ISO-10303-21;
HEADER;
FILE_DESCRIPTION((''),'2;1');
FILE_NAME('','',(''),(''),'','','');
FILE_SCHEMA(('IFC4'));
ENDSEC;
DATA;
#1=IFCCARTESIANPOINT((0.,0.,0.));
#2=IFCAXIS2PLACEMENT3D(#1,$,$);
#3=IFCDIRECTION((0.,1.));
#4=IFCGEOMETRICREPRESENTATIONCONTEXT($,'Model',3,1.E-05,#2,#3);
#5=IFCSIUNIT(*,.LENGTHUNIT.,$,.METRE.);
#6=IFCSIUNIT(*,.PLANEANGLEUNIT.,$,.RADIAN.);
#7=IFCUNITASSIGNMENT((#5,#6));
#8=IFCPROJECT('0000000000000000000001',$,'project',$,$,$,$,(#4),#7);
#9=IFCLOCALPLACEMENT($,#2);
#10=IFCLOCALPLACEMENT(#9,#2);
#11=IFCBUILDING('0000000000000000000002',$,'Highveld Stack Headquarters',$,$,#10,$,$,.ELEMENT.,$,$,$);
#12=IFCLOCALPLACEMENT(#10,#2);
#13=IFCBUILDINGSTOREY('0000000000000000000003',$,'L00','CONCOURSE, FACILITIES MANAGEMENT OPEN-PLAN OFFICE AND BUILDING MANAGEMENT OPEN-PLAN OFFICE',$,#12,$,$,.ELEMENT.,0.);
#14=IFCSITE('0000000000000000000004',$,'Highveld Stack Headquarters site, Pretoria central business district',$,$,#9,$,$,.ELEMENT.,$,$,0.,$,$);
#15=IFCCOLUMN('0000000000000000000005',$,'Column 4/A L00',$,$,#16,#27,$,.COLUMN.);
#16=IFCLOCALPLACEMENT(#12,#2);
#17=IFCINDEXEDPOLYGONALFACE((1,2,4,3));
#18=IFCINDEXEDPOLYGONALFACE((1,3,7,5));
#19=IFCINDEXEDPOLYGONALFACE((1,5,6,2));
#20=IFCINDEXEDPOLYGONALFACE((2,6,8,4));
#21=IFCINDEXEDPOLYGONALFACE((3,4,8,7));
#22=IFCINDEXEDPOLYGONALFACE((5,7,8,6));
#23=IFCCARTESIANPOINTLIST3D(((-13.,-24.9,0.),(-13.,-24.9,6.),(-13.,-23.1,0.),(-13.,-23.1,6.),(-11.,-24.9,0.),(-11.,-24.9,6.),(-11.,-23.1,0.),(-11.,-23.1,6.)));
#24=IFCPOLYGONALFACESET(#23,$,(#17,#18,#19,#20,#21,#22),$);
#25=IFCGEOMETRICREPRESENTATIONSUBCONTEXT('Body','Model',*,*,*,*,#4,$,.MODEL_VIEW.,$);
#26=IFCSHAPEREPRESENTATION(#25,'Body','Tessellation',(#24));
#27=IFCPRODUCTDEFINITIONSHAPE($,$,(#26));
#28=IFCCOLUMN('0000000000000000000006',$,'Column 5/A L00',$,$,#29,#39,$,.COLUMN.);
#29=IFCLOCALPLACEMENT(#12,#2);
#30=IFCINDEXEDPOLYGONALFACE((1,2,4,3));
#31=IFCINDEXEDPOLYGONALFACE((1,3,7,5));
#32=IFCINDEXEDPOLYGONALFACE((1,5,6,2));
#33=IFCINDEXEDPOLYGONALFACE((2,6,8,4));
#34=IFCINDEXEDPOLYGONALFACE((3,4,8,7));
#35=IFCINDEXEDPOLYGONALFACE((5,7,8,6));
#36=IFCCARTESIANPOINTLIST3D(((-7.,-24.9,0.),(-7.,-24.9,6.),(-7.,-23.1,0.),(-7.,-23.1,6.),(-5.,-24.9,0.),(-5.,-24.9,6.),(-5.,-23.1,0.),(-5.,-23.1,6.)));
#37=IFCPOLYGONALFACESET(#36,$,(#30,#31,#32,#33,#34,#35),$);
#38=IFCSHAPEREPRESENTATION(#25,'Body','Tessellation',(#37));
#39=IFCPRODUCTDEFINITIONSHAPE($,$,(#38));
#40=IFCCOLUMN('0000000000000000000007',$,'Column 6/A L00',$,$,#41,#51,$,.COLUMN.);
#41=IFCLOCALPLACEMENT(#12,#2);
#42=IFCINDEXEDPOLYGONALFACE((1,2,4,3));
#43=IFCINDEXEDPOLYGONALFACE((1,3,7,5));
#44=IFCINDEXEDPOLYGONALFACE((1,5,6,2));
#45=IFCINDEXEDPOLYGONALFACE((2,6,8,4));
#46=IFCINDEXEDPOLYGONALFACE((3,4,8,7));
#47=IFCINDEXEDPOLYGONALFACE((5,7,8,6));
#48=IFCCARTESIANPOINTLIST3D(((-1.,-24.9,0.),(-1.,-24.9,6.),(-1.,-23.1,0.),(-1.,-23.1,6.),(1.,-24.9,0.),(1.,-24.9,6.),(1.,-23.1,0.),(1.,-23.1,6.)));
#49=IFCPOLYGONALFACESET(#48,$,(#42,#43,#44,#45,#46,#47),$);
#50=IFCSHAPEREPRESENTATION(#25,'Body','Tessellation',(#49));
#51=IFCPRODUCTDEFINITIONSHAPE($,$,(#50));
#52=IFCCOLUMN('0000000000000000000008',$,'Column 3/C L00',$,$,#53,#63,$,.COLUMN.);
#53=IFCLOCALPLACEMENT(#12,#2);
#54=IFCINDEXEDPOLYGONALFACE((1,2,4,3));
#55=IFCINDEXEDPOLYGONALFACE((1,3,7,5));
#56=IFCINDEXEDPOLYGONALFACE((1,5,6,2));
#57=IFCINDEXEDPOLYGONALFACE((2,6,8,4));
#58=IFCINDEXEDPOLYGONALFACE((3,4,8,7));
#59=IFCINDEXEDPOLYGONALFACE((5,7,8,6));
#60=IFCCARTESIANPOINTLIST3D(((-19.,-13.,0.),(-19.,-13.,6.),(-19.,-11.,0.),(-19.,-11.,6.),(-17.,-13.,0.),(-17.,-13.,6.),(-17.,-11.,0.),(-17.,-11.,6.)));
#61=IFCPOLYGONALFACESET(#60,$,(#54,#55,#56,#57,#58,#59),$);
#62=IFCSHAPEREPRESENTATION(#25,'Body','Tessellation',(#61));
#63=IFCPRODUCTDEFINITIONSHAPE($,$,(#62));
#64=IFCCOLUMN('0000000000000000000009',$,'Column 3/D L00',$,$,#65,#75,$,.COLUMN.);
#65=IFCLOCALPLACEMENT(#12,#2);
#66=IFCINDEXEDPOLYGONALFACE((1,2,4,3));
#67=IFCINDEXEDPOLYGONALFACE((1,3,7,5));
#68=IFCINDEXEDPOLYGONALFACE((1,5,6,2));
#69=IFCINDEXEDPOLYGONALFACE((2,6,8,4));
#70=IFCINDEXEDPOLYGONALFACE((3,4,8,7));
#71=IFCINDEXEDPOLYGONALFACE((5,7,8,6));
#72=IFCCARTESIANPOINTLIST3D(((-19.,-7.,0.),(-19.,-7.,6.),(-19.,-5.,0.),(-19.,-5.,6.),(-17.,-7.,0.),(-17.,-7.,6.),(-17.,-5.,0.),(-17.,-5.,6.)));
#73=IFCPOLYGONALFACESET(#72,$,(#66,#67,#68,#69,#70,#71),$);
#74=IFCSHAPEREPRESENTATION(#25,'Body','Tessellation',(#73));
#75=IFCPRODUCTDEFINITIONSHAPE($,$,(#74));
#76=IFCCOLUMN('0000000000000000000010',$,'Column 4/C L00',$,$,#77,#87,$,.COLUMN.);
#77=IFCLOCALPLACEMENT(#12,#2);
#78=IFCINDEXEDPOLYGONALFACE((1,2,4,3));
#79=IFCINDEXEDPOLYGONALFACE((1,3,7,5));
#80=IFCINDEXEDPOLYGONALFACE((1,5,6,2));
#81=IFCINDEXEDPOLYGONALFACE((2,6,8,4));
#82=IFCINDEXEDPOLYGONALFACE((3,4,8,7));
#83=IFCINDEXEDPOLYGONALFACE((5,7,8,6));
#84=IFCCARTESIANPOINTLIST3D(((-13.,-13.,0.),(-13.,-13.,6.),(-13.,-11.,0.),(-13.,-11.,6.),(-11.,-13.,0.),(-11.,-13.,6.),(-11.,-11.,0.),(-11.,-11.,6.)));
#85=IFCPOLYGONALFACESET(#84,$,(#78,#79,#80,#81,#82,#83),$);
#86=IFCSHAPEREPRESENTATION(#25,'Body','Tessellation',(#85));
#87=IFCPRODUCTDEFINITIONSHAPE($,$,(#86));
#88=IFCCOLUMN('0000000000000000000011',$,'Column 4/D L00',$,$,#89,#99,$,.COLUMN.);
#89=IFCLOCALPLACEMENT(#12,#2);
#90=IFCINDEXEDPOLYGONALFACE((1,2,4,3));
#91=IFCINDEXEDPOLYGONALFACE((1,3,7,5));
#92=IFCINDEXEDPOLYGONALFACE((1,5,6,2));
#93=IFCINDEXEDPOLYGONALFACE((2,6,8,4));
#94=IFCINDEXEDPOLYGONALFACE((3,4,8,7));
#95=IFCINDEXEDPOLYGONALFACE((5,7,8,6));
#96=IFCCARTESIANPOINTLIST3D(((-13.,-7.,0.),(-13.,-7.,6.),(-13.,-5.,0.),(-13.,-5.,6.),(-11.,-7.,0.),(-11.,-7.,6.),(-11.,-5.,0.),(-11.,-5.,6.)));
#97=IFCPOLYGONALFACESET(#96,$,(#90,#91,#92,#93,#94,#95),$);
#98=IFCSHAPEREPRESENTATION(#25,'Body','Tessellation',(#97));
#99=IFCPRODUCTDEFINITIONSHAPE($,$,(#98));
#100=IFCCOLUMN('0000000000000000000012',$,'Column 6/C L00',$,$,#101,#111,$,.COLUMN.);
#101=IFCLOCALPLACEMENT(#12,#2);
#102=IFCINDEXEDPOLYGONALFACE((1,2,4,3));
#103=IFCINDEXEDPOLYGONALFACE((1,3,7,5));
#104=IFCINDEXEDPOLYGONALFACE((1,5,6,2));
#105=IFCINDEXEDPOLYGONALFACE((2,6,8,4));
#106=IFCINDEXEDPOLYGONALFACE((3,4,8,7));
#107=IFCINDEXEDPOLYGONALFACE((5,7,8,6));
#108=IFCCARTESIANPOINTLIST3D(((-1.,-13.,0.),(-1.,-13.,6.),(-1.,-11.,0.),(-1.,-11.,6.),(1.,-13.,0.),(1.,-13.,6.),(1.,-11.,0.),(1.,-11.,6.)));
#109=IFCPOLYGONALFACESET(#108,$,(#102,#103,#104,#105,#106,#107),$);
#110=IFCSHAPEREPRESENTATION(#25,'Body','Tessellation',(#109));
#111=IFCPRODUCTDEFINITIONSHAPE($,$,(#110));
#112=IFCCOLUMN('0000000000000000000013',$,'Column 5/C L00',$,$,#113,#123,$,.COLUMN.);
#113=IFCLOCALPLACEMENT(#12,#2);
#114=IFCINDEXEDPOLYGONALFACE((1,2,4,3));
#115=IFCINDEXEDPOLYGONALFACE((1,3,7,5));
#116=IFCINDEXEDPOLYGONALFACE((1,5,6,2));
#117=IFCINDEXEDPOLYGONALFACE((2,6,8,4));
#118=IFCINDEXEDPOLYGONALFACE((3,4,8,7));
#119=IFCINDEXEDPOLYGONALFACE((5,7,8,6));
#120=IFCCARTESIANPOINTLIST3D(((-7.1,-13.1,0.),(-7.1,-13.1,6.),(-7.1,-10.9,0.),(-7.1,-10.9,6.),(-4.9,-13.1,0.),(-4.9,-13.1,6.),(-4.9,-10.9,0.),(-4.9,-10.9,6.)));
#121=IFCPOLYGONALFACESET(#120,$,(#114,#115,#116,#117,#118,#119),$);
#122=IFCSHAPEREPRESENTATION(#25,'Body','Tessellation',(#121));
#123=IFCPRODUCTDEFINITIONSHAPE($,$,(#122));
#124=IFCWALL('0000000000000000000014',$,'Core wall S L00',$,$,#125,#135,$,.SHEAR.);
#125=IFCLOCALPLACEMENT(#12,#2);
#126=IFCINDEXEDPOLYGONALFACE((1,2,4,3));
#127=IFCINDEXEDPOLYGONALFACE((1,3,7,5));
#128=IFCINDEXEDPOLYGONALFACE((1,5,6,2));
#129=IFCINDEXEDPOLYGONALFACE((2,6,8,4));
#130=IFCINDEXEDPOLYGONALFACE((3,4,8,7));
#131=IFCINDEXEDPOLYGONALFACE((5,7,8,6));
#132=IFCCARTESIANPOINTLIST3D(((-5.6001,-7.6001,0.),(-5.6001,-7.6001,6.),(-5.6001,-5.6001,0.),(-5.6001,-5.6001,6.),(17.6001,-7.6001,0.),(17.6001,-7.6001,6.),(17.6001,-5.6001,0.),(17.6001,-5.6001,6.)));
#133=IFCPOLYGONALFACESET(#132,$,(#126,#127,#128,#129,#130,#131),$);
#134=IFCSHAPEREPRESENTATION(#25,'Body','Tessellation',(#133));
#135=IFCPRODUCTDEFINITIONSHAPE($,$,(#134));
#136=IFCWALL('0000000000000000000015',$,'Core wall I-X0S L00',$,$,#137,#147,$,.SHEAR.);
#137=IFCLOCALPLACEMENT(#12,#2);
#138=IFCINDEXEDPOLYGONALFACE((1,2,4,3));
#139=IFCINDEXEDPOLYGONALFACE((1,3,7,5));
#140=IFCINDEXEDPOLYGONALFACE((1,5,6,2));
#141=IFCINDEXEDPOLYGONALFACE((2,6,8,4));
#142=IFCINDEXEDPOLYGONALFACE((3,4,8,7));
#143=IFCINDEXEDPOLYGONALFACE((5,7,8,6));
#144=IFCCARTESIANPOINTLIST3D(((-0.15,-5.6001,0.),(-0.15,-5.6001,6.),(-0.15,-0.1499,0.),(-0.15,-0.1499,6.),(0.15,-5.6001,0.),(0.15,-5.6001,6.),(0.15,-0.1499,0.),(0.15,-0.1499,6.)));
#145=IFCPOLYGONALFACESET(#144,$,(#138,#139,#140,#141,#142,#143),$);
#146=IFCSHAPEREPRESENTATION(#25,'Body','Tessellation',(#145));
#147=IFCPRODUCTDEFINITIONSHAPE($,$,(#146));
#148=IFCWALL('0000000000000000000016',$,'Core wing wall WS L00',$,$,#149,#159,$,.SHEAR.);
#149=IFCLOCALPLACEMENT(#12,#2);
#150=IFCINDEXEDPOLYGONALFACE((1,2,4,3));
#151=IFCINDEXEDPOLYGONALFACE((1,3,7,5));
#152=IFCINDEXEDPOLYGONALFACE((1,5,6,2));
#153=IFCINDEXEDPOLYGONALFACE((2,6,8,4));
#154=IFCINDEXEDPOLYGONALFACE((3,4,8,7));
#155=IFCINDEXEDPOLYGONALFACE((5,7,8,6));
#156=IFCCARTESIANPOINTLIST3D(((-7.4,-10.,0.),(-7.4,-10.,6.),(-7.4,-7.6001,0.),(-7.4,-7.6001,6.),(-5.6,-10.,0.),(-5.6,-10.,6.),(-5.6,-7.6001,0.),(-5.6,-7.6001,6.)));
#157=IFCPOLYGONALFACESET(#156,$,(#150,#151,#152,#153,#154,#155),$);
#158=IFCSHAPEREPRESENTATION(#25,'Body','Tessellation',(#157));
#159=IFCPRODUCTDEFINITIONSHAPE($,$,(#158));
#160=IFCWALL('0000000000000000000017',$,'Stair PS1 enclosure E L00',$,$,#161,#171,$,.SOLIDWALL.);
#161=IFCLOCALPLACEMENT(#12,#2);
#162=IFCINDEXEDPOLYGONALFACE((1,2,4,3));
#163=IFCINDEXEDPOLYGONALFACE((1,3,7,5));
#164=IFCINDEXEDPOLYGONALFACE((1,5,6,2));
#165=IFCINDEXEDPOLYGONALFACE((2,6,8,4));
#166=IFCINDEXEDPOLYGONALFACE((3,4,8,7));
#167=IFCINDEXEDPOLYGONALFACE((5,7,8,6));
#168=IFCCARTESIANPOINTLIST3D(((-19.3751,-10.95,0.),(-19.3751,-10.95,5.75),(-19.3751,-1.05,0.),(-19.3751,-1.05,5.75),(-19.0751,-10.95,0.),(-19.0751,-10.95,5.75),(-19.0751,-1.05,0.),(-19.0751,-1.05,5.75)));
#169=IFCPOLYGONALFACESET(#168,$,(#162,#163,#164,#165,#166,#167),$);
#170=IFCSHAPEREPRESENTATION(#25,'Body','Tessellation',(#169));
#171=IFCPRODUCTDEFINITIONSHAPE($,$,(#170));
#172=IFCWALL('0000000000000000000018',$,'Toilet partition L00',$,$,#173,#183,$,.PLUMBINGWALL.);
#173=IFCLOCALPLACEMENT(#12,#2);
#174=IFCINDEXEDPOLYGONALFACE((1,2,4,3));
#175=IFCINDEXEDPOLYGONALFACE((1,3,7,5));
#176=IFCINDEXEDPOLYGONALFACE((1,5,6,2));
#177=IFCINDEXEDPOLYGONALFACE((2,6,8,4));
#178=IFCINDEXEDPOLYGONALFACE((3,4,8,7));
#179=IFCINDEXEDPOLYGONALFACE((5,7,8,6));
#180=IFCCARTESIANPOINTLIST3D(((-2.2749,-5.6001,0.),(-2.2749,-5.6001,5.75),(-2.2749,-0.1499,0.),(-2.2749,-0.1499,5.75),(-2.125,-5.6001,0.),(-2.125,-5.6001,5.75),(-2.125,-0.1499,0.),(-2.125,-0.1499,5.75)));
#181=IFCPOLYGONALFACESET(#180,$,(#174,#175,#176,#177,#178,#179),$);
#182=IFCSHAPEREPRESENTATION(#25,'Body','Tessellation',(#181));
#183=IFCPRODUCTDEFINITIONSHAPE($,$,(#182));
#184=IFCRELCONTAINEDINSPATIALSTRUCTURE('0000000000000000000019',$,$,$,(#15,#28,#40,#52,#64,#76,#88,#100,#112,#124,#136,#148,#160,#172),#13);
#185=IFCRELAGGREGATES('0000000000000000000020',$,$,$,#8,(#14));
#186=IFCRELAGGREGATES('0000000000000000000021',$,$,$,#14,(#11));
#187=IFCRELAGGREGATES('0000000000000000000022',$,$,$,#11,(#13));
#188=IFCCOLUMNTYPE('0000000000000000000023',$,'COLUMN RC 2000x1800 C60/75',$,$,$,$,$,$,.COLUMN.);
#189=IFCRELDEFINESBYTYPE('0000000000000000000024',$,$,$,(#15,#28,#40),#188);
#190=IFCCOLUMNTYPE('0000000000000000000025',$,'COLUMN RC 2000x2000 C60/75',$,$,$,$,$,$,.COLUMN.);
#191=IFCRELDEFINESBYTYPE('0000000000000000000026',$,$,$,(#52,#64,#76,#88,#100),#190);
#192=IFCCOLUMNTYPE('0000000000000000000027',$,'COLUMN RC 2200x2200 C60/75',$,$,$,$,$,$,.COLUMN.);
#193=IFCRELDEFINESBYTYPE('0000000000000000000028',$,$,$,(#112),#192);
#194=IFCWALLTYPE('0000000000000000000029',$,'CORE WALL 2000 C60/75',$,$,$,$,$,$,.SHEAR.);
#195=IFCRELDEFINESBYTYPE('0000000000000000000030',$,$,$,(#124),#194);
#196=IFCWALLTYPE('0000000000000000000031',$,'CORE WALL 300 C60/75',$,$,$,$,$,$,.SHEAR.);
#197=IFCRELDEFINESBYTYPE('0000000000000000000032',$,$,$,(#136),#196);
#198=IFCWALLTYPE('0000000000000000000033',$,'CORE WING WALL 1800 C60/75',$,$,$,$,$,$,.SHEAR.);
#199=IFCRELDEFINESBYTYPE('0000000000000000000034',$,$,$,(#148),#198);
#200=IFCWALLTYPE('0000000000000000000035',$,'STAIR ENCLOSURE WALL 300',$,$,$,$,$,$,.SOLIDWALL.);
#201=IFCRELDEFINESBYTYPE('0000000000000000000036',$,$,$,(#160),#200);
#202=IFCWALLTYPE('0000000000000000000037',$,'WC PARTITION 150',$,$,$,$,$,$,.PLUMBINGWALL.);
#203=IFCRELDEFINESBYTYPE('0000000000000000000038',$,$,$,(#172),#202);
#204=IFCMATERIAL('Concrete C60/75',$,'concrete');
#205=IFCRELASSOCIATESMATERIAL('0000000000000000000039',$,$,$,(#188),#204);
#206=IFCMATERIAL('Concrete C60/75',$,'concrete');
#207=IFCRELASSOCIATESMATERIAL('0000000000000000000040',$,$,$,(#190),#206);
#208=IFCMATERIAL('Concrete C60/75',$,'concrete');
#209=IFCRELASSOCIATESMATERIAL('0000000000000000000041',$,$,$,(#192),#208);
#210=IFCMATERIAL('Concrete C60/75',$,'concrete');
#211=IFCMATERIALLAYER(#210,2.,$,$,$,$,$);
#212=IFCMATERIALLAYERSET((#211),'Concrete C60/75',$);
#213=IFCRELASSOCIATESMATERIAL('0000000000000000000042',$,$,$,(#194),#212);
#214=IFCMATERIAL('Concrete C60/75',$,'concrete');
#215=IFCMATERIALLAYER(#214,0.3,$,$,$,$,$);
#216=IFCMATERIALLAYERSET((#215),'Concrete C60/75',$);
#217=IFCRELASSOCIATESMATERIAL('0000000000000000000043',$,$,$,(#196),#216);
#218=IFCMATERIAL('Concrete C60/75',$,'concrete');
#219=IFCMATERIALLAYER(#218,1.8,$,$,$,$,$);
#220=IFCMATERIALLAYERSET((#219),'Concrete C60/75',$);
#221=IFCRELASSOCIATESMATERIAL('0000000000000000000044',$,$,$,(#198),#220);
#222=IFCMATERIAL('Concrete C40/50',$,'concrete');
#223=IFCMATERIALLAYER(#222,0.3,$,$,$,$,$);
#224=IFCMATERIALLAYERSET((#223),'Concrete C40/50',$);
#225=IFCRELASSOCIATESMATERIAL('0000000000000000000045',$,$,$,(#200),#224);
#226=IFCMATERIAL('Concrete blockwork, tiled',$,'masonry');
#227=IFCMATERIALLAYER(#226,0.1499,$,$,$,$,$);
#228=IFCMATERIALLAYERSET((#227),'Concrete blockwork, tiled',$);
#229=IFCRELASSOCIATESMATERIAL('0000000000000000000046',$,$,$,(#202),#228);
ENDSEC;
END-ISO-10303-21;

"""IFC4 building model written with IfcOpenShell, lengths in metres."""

from ifc_helpers import new_model, si_unit, direction, frame, frame_2d, origin, origin_2d, place, context, subcontext, project, spatial, rectangle, extrude, material, layer, layer_set, material_profile, profile_set, type_object, element, save


model = new_model("IFC4")

# Units and contexts
model_context = context("Model", 3, precision=1e-05, world=origin(), true_north=direction((0.0, 1.0)))
body_context = subcontext(model_context, "Body", "Model", "MODEL_VIEW")
ifc_project = project(units=[si_unit("LENGTHUNIT", "METRE"), si_unit("PLANEANGLEUNIT", "RADIAN")], contexts=[model_context])

# Site, building, storey
site_placement = place(None, origin())
site = spatial("IfcSite", under=ifc_project, at=site_placement, Name="Highveld Stack Headquarters site, Pretoria central business district", CompositionType="ELEMENT", RefElevation=0.0)
building_placement = place(site_placement, origin())
building = spatial("IfcBuilding", under=site, at=building_placement, Name="Highveld Stack Headquarters", CompositionType="ELEMENT")
storey_placement = place(building_placement, origin())
storey = spatial("IfcBuildingStorey", under=building, at=storey_placement, Name="L00", Description="CONCOURSE, FACILITIES MANAGEMENT OPEN-PLAN OFFICE AND BUILDING MANAGEMENT OPEN-PLAN OFFICE", CompositionType="ELEMENT", Elevation=0.0)

# Columns
ifc_material_1 = material(Name="Concrete C60/75", Category="concrete")
ifc_material_profile_1 = material_profile(ifc_material_1, rectangle(XDim=2.0, YDim=1.8, at=origin_2d()), Name="RC 2000x1800")
ifc_profile_set_1 = profile_set([ifc_material_profile_1], Name="Concrete C60/75")
column_type_1 = type_object("IfcColumnType", Name="COLUMN RC 2000x1800 C60/75", PredefinedType="COLUMN", material=ifc_profile_set_1)
for number, where, z_axis, x_axis, name in (
    (1, (-12.0, -24.0, 0.0), (0.0, 0.0, 1.0), (1.0, 0.0, 0.0), "Column 4/A L00"),
    (2, (-6.0, -24.0, 0.0), (0.0, 0.0, 1.0), (1.0, 0.0, 0.0), "Column 5/A L00"),
    (3, (0.0, -24.0, 0.0), (0.0, 0.0, 1.0), (1.0, 0.0, 0.0), "Column 6/A L00"),
):
    element("IfcColumn", number, at=place(storey_placement, frame(where, z_axis=z_axis, x_axis=x_axis)), inside=storey, type_object=column_type_1, Name=name, PredefinedType="COLUMN", context=body_context, shape_type="SweptSolid", body=[
        extrude(rectangle(XDim=2.0, YDim=1.8, at=origin_2d()), origin(), (0.0, 0.0, 1.0), 6.0),
    ])
ifc_material_2 = material(Name="Concrete C60/75", Category="concrete")
ifc_material_profile_2 = material_profile(ifc_material_2, rectangle(XDim=2.0, YDim=2.0, at=origin_2d()), Name="RC 2000x2000")
ifc_profile_set_2 = profile_set([ifc_material_profile_2], Name="Concrete C60/75")
column_type_2 = type_object("IfcColumnType", Name="COLUMN RC 2000x2000 C60/75", PredefinedType="COLUMN", material=ifc_profile_set_2)
for number, where, z_axis, x_axis, name in (
    (4, (-18.0, -12.0, 0.0), (0.0, 0.0, 1.0), (1.0, 0.0, 0.0), "Column 3/C L00"),
    (5, (-18.0, -6.0, 0.0), (0.0, 0.0, 1.0), (1.0, 0.0, 0.0), "Column 3/D L00"),
    (6, (-12.0, -12.0, 0.0), (0.0, 0.0, 1.0), (1.0, 0.0, 0.0), "Column 4/C L00"),
    (7, (-12.0, -6.0, 0.0), (0.0, 0.0, 1.0), (1.0, 0.0, 0.0), "Column 4/D L00"),
    (8, (0.0, -12.0, 0.0), (0.0, 0.0, 1.0), (1.0, 0.0, 0.0), "Column 6/C L00"),
):
    element("IfcColumn", number, at=place(storey_placement, frame(where, z_axis=z_axis, x_axis=x_axis)), inside=storey, type_object=column_type_2, Name=name, PredefinedType="COLUMN", context=body_context, shape_type="SweptSolid", body=[
        extrude(rectangle(XDim=2.0, YDim=2.0, at=origin_2d()), origin(), (0.0, 0.0, 1.0), 6.0),
    ])
ifc_material_3 = material(Name="Concrete C60/75", Category="concrete")
ifc_material_profile_3 = material_profile(ifc_material_3, rectangle(XDim=2.2, YDim=2.2, at=origin_2d()), Name="RC 2200x2200")
ifc_profile_set_3 = profile_set([ifc_material_profile_3], Name="Concrete C60/75")
column_type_3 = type_object("IfcColumnType", Name="COLUMN RC 2200x2200 C60/75", PredefinedType="COLUMN", material=ifc_profile_set_3)
column_placement = place(storey_placement, frame((-6.0, -12.0, 0.0), z_axis=(0.0, 0.0, 1.0), x_axis=(1.0, 0.0, 0.0)))
element("IfcColumn", 9, at=column_placement, inside=storey, type_object=column_type_3, Name="Column 5/C L00", PredefinedType="COLUMN", context=body_context, shape_type="SweptSolid", body=[
    extrude(rectangle(XDim=2.2, YDim=2.2, at=origin_2d()), origin(), (0.0, 0.0, 1.0), 6.0),
])

# Walls
ifc_material_4 = material(Name="Concrete C60/75", Category="concrete")
ifc_layer_1 = layer(ifc_material_4, 2.0)
ifc_layer_set_1 = layer_set([ifc_layer_1], Name="Concrete C60/75")
wall_type_1 = type_object("IfcWallType", Name="CORE WALL 2000 C60/75", PredefinedType="SHEAR", material=ifc_layer_set_1)
wall_1_placement = place(storey_placement, frame((-5.6001, -6.6001, 0.0), z_axis=(0.0, 0.0, 1.0), x_axis=(1.0, 0.0, 0.0)))
element("IfcWall", 10, at=wall_1_placement, inside=storey, type_object=wall_type_1, Name="Core wall S L00", PredefinedType="SHEAR", context=body_context, shape_type="SweptSolid", body=[
    extrude(rectangle(XDim=23.2002, YDim=2.0, at=frame_2d((11.6001, 0.0))), origin(), (0.0, 0.0, 1.0), 6.0),
])
ifc_material_5 = material(Name="Concrete C60/75", Category="concrete")
ifc_layer_2 = layer(ifc_material_5, 0.3)
ifc_layer_set_2 = layer_set([ifc_layer_2], Name="Concrete C60/75")
wall_type_2 = type_object("IfcWallType", Name="CORE WALL 300 C60/75", PredefinedType="SHEAR", material=ifc_layer_set_2)
wall_2_placement = place(storey_placement, frame((0.0, -5.6001, 0.0), z_axis=(0.0, 0.0, 1.0), x_axis=(0.0, 1.0, 0.0)))
element("IfcWall", 11, at=wall_2_placement, inside=storey, type_object=wall_type_2, Name="Core wall I-X0S L00", PredefinedType="SHEAR", context=body_context, shape_type="SweptSolid", body=[
    extrude(rectangle(XDim=5.4502, YDim=0.3, at=frame_2d((2.7251, 0.0))), origin(), (0.0, 0.0, 1.0), 6.0),
])
ifc_material_6 = material(Name="Concrete C60/75", Category="concrete")
ifc_layer_3 = layer(ifc_material_6, 1.8)
ifc_layer_set_3 = layer_set([ifc_layer_3], Name="Concrete C60/75")
wall_type_3 = type_object("IfcWallType", Name="CORE WING WALL 1800 C60/75", PredefinedType="SHEAR", material=ifc_layer_set_3)
wall_3_placement = place(storey_placement, frame((-6.5, -10.0, 0.0), z_axis=(0.0, 0.0, 1.0), x_axis=(0.0, 1.0, 0.0)))
element("IfcWall", 12, at=wall_3_placement, inside=storey, type_object=wall_type_3, Name="Core wing wall WS L00", PredefinedType="SHEAR", context=body_context, shape_type="SweptSolid", body=[
    extrude(rectangle(XDim=2.3999, YDim=1.8, at=frame_2d((1.2, 0.0))), origin(), (0.0, 0.0, 1.0), 6.0),
])
ifc_material_7 = material(Name="Concrete C40/50", Category="concrete")
ifc_layer_4 = layer(ifc_material_7, 0.3)
ifc_layer_set_4 = layer_set([ifc_layer_4], Name="Concrete C40/50")
wall_type_4 = type_object("IfcWallType", Name="STAIR ENCLOSURE WALL 300", PredefinedType="SOLIDWALL", material=ifc_layer_set_4)
wall_4_placement = place(storey_placement, frame((-19.2251, -10.95, 0.0), z_axis=(0.0, 0.0, 1.0), x_axis=(0.0, 1.0, 0.0)))
element("IfcWall", 13, at=wall_4_placement, inside=storey, type_object=wall_type_4, Name="Stair PS1 enclosure E L00", PredefinedType="SOLIDWALL", context=body_context, shape_type="SweptSolid", body=[
    extrude(rectangle(XDim=9.8999, YDim=0.3, at=frame_2d((4.95, 0.0))), origin(), (0.0, 0.0, 1.0), 5.75),
])
ifc_material_8 = material(Name="Concrete blockwork, tiled", Category="masonry")
ifc_layer_5 = layer(ifc_material_8, 0.1499)
ifc_layer_set_5 = layer_set([ifc_layer_5], Name="Concrete blockwork, tiled")
wall_type_5 = type_object("IfcWallType", Name="WC PARTITION 150", PredefinedType="PLUMBINGWALL", material=ifc_layer_set_5)
wall_5_placement = place(storey_placement, frame((-2.2, -5.6001, 0.0), z_axis=(0.0, 0.0, 1.0), x_axis=(0.0, 1.0, 0.0)))
element("IfcWall", 14, at=wall_5_placement, inside=storey, type_object=wall_type_5, Name="Toilet partition L00", PredefinedType="PLUMBINGWALL", context=body_context, shape_type="SweptSolid", body=[
    extrude(rectangle(XDim=5.4502, YDim=0.1499, at=frame_2d((2.7251, 0.0))), origin(), (0.0, 0.0, 1.0), 5.75),
])

save(model, "model.ifc")
